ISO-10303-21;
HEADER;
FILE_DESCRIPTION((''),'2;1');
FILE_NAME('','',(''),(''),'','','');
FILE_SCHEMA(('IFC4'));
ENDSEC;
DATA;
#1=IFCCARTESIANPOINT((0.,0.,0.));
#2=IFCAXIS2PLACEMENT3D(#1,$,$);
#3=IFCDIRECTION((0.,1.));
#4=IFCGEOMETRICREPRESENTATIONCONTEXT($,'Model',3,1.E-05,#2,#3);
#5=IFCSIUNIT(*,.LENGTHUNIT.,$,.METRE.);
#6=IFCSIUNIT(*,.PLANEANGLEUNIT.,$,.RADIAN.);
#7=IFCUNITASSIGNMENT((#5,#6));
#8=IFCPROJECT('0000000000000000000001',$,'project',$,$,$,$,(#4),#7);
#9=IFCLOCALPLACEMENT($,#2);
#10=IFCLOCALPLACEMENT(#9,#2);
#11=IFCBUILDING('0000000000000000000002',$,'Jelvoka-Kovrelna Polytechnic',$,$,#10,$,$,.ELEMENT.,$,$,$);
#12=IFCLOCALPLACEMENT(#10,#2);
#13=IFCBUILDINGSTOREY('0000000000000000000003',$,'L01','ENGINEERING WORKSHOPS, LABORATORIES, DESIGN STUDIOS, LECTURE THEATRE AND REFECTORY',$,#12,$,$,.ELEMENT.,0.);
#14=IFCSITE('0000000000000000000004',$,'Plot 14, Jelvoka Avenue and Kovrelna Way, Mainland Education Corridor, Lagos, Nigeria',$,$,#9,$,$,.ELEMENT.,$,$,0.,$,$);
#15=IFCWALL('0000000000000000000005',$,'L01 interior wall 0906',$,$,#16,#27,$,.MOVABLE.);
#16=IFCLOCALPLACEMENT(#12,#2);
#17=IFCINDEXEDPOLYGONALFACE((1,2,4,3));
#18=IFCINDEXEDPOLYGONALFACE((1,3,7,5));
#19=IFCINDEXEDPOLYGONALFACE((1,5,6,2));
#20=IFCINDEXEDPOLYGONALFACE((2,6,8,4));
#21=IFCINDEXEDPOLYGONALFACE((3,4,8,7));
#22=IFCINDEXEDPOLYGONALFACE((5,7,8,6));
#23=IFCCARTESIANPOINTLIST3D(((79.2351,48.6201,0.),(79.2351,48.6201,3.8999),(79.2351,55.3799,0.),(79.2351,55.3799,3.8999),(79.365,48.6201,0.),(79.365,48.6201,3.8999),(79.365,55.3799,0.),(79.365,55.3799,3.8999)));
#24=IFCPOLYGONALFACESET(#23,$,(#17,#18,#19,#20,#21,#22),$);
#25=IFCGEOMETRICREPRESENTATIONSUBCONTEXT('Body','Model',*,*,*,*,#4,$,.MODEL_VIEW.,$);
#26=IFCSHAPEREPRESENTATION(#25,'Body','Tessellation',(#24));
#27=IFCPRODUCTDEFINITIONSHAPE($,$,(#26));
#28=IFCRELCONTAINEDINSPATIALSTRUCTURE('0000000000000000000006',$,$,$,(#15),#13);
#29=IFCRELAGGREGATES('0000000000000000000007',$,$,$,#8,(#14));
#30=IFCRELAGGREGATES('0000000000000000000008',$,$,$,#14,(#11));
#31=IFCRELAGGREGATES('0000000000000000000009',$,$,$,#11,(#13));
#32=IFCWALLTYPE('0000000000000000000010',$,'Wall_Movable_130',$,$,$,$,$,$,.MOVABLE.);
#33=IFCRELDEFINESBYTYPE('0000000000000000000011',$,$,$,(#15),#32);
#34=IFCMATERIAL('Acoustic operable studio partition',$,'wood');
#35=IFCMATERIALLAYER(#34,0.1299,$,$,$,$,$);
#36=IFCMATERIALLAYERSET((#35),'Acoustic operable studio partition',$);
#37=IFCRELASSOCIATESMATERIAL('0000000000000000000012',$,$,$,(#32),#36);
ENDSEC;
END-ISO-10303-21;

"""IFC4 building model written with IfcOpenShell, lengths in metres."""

from ifc_helpers import new_model, si_unit, direction, frame, frame_2d, origin, place, context, subcontext, project, spatial, rectangle, extrude, material, layer, layer_set, type_object, element, save


model = new_model("IFC4")

# Units and contexts
model_context = context("Model", 3, precision=1e-05, world=origin(), true_north=direction((0.0, 1.0)))
body_context = subcontext(model_context, "Body", "Model", "MODEL_VIEW")
ifc_project = project(units=[si_unit("LENGTHUNIT", "METRE"), si_unit("PLANEANGLEUNIT", "RADIAN")], contexts=[model_context])

# Site, building, storey
site_placement = place(None, origin())
site = spatial("IfcSite", under=ifc_project, at=site_placement, Name="Plot 14, Jelvoka Avenue and Kovrelna Way, Mainland Education Corridor, Lagos, Nigeria", CompositionType="ELEMENT", RefElevation=0.0)
building_placement = place(site_placement, origin())
building = spatial("IfcBuilding", under=site, at=building_placement, Name="Jelvoka-Kovrelna Polytechnic", CompositionType="ELEMENT")
storey_placement = place(building_placement, origin())
storey = spatial("IfcBuildingStorey", under=building, at=storey_placement, Name="L01", Description="ENGINEERING WORKSHOPS, LABORATORIES, DESIGN STUDIOS, LECTURE THEATRE AND REFECTORY", CompositionType="ELEMENT", Elevation=0.0)

# Wall
ifc_material_1 = material(Name="Acoustic operable studio partition", Category="wood")
ifc_layer_1 = layer(ifc_material_1, 0.1299)
ifc_layer_set_1 = layer_set([ifc_layer_1], Name="Acoustic operable studio partition")
wall_type_1 = type_object("IfcWallType", Name="Wall_Movable_130", PredefinedType="MOVABLE", material=ifc_layer_set_1)
wall_1_placement = place(storey_placement, frame((79.3, 48.6201, 0.0), z_axis=(0.0, 0.0, 1.0), x_axis=(0.0, 1.0, 0.0)))
element("IfcWall", 1, at=wall_1_placement, inside=storey, type_object=wall_type_1, Name="L01 interior wall 0906", PredefinedType="MOVABLE", context=body_context, shape_type="SweptSolid", body=[
    extrude(rectangle(XDim=6.7598, YDim=0.1299, at=frame_2d((3.3799, 0.0))), origin(), (0.0, 0.0, 1.0), 3.8999),
])

save(model, "model.ifc")
